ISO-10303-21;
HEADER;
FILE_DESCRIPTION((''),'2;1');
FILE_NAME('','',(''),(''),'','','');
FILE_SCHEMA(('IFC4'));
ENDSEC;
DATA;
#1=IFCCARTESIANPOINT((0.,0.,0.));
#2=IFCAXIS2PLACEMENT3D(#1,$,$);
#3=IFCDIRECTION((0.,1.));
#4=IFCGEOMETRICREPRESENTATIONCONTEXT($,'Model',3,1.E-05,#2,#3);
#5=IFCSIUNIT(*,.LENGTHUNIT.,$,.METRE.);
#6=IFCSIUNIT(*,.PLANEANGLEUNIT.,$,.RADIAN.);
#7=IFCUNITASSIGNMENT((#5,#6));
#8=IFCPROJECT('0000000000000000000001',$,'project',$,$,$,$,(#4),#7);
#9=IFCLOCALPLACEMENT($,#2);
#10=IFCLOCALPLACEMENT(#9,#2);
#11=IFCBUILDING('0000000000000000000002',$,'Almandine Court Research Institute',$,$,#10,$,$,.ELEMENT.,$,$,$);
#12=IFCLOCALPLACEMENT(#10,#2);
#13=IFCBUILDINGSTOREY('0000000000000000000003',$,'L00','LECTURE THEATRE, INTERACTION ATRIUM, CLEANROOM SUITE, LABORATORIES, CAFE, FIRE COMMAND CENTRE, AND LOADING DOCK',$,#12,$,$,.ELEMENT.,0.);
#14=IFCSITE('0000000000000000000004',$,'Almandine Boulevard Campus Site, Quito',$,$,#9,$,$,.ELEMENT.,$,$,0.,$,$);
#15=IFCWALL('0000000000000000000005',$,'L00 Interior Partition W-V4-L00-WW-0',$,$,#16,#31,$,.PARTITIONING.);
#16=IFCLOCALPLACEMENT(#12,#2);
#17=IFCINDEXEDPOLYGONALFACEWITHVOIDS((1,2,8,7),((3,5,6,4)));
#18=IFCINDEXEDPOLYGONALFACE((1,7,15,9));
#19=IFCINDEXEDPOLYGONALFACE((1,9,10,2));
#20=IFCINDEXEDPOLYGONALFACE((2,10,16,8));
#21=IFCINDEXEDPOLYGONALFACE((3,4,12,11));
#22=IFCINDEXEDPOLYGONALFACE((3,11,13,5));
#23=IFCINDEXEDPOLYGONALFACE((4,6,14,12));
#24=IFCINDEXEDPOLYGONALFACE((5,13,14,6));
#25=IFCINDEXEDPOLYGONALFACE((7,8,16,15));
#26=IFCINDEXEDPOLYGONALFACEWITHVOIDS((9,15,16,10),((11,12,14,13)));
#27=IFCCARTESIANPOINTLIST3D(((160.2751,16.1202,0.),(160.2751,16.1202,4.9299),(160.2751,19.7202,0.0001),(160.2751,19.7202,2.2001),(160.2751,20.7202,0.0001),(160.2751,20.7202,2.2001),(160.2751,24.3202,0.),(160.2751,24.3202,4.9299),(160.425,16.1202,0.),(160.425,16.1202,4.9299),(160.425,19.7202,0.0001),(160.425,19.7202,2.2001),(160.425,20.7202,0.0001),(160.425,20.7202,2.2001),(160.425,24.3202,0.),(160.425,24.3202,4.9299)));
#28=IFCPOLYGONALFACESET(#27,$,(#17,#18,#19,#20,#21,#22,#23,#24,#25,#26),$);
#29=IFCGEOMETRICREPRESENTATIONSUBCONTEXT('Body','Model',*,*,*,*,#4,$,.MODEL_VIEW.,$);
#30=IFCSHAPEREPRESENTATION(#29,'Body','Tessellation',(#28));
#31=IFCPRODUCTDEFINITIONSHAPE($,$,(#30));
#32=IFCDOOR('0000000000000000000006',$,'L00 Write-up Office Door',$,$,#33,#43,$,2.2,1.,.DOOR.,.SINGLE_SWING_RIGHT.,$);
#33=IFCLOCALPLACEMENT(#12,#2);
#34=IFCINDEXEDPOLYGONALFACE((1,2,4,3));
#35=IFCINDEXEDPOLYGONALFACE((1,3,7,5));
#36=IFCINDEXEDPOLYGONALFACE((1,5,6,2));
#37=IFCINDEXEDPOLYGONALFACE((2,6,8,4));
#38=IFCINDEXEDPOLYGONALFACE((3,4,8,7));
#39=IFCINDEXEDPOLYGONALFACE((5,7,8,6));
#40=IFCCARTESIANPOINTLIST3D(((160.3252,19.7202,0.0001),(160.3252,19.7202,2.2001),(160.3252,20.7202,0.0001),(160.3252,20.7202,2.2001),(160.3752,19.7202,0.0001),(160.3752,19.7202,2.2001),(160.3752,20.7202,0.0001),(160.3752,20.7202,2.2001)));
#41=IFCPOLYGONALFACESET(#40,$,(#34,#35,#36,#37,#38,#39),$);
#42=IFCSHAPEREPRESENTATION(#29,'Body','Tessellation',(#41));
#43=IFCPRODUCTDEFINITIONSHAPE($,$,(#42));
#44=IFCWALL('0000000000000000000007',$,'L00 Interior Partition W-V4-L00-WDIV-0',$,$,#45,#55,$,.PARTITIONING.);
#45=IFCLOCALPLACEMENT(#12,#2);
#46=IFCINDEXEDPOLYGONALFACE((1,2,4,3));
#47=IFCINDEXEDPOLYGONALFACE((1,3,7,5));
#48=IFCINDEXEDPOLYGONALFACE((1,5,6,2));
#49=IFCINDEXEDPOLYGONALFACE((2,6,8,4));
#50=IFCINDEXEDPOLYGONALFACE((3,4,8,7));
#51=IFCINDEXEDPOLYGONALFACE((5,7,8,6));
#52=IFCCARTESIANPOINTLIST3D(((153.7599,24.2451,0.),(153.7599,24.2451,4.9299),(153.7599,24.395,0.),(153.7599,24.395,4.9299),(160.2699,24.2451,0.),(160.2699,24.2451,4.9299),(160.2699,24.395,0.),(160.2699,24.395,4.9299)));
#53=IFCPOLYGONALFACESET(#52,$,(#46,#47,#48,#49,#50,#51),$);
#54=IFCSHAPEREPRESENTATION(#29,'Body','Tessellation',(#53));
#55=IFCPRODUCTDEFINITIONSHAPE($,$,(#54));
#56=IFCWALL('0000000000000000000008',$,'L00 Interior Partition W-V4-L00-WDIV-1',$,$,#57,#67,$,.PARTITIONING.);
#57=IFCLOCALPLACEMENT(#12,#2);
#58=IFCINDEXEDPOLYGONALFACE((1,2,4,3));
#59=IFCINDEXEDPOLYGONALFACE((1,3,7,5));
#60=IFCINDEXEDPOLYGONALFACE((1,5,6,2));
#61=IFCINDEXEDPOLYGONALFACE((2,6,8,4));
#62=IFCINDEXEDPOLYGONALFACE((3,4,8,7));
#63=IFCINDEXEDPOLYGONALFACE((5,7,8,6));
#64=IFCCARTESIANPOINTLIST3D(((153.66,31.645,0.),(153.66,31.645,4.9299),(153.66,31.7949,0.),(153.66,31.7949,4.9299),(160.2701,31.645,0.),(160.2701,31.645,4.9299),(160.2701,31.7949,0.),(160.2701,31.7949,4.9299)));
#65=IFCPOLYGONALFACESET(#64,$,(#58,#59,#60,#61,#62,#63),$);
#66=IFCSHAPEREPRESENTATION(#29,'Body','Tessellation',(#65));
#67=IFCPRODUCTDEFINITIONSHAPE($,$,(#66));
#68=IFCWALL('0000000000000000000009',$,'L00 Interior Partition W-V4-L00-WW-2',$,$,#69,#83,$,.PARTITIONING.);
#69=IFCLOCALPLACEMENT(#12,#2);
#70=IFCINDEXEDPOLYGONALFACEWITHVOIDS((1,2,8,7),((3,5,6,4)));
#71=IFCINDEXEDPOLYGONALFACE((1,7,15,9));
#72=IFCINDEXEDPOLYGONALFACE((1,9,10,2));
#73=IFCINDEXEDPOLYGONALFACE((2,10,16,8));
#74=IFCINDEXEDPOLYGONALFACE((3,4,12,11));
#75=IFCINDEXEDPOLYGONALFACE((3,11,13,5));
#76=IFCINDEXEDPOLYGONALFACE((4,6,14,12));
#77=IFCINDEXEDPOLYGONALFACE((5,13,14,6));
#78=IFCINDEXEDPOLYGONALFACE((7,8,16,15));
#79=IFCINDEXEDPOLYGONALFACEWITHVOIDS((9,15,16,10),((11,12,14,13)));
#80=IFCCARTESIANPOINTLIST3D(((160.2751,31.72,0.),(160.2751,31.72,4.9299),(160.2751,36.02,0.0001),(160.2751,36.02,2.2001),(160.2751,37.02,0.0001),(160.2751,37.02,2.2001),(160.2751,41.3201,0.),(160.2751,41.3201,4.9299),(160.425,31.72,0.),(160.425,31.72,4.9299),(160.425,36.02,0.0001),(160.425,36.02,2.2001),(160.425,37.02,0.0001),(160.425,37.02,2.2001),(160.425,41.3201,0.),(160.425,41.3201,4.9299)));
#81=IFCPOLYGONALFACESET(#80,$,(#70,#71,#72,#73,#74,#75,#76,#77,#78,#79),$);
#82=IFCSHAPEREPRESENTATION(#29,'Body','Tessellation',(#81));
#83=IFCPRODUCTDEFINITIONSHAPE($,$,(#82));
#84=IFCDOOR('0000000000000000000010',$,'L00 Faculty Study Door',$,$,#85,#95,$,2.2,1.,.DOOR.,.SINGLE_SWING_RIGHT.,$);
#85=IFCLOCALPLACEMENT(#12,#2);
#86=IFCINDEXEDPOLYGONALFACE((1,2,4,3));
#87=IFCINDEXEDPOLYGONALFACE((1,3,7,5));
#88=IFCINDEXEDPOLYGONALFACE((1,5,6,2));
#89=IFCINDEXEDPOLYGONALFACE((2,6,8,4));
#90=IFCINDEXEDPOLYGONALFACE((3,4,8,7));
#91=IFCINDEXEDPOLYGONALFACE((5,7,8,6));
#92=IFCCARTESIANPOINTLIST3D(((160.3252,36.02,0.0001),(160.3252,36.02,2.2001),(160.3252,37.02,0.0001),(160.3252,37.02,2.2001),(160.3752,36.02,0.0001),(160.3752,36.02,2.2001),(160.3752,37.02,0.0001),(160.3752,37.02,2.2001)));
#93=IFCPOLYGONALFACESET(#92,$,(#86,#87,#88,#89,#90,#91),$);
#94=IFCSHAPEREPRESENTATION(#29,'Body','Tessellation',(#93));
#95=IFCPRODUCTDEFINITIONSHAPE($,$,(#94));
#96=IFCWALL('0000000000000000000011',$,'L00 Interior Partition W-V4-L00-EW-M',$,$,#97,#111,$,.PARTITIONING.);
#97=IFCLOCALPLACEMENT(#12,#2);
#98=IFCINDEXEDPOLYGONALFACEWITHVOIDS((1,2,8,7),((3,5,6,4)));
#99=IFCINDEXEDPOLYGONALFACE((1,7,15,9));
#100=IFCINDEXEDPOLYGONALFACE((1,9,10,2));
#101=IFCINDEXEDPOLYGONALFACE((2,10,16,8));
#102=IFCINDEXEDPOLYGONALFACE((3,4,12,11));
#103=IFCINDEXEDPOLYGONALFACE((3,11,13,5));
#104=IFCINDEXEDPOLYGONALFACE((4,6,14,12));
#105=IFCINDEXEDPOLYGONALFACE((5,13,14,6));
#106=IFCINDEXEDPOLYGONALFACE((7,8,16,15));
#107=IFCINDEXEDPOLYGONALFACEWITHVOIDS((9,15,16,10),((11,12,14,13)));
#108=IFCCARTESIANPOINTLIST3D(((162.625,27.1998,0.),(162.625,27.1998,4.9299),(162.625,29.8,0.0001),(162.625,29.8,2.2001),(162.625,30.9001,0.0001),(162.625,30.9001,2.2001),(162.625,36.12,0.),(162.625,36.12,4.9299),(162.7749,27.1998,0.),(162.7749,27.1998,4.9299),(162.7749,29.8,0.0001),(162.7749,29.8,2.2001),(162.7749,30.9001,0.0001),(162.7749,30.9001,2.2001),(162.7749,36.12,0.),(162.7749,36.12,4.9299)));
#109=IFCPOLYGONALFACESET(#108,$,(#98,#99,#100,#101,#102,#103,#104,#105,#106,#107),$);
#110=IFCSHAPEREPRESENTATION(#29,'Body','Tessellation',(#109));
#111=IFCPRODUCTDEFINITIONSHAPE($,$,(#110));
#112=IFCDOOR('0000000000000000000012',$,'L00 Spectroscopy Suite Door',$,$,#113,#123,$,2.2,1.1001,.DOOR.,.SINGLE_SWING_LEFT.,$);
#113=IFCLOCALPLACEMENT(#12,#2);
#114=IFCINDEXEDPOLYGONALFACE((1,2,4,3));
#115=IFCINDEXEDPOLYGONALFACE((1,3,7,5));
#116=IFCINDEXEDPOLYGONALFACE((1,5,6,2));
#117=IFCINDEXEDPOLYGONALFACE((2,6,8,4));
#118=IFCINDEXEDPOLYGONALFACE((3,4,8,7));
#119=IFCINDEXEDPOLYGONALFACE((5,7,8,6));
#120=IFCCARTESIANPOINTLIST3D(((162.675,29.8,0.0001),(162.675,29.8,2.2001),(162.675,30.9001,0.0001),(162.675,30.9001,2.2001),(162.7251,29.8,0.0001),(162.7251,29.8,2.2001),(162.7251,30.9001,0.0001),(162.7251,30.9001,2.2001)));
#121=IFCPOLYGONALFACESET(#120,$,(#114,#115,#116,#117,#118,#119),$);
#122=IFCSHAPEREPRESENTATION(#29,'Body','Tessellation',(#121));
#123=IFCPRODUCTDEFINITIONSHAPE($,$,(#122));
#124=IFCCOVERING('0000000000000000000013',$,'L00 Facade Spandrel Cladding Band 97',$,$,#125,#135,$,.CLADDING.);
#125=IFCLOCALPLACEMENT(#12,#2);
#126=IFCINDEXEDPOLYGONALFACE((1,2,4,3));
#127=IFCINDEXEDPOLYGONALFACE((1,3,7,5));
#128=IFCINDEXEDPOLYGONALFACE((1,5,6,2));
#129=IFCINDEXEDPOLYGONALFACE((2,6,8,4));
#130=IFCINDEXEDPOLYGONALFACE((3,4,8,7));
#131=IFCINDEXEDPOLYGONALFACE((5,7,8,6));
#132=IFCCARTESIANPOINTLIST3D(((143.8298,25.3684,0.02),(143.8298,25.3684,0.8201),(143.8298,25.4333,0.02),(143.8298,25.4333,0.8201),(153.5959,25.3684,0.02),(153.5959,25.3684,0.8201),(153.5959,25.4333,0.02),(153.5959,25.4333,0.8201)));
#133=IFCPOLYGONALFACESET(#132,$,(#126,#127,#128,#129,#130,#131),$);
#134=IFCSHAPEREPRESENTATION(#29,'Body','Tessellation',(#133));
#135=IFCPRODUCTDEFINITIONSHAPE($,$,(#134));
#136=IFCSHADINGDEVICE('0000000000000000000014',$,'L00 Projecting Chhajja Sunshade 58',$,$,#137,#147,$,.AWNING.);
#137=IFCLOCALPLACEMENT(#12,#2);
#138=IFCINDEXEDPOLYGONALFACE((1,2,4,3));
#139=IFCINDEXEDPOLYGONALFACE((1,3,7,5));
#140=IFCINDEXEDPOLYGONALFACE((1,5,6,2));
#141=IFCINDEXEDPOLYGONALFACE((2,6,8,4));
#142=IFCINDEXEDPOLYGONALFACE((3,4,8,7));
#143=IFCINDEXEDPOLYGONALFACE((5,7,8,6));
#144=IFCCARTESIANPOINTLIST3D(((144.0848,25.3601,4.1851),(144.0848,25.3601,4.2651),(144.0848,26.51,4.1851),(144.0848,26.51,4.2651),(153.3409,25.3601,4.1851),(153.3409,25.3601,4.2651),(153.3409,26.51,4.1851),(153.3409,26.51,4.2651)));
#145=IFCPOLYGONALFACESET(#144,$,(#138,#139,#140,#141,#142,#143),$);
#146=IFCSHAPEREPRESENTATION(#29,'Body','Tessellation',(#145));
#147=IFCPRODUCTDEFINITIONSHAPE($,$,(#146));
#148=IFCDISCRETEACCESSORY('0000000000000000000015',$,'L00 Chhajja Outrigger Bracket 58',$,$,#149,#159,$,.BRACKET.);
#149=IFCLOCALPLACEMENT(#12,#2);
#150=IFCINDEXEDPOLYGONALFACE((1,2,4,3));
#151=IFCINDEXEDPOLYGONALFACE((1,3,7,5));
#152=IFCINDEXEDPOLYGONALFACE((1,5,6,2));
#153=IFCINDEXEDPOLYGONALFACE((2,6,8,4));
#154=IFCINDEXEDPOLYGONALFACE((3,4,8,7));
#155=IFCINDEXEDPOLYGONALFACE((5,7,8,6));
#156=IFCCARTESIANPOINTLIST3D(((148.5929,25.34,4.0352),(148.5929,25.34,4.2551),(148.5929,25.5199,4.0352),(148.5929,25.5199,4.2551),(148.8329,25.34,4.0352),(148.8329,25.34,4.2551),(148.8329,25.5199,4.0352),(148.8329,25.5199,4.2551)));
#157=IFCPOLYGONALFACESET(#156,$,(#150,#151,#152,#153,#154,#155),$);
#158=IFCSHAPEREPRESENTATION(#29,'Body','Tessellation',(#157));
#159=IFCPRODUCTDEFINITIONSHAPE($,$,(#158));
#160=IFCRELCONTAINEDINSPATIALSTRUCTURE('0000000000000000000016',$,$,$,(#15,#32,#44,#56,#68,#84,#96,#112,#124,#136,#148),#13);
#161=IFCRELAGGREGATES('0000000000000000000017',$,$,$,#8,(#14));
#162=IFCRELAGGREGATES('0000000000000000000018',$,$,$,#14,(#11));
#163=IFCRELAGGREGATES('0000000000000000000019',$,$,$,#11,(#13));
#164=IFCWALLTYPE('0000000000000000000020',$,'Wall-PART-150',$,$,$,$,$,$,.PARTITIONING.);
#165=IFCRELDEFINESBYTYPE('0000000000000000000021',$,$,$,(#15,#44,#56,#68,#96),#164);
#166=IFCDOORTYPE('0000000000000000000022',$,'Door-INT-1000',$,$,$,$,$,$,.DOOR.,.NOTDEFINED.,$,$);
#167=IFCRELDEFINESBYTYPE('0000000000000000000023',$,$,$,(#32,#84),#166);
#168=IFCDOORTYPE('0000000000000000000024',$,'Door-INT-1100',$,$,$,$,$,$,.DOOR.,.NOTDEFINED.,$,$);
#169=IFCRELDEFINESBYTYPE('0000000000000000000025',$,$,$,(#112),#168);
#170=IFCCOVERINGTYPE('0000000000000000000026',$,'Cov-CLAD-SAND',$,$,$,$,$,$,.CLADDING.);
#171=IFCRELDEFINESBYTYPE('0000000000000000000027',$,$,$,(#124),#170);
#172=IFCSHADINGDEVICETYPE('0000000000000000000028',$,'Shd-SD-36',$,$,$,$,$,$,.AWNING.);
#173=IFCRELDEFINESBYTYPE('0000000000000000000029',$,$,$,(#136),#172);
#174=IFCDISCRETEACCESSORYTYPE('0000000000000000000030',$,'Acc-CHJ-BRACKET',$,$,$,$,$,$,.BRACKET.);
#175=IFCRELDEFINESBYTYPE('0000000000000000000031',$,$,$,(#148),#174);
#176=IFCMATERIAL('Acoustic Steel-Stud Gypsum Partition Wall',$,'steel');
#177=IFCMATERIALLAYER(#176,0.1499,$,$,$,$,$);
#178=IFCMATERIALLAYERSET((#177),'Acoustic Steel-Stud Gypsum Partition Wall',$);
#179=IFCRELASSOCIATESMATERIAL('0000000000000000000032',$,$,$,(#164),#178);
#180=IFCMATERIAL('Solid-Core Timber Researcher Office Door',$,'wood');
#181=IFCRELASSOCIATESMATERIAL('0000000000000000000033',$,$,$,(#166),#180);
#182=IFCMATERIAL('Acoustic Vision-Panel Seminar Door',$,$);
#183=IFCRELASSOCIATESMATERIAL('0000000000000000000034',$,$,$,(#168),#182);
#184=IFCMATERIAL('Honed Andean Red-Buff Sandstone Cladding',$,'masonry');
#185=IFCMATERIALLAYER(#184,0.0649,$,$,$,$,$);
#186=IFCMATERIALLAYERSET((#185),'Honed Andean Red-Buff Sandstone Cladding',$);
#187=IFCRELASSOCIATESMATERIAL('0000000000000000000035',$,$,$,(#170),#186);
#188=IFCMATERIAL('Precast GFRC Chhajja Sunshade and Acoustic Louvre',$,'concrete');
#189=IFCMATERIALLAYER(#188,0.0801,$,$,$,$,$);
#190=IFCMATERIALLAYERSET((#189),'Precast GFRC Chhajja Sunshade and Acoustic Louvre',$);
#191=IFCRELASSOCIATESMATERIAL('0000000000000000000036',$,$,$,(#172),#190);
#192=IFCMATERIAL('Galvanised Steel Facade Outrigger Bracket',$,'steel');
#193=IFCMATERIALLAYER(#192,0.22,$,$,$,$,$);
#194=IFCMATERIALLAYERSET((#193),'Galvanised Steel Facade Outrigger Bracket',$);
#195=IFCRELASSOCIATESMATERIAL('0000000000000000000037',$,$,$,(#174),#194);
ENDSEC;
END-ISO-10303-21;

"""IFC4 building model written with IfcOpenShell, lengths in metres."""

from ifc_helpers import new_model, si_unit, direction, frame, frame_2d, origin, origin_2d, place, context, subcontext, project, spatial, rectangle, extrude, material, layer, layer_set, type_object, element, fill, save


model = new_model("IFC4")

# Units and contexts
model_context = context("Model", 3, precision=1e-05, world=origin(), true_north=direction((0.0, 1.0)))
body_context = subcontext(model_context, "Body", "Model", "MODEL_VIEW")
ifc_project = project(units=[si_unit("LENGTHUNIT", "METRE"), si_unit("PLANEANGLEUNIT", "RADIAN")], contexts=[model_context])

# Site, building, storey
site_placement = place(None, origin())
site = spatial("IfcSite", under=ifc_project, at=site_placement, Name="Almandine Boulevard Campus Site, Quito", CompositionType="ELEMENT", RefElevation=0.0)
building_placement = place(site_placement, origin())
building = spatial("IfcBuilding", under=site, at=building_placement, Name="Almandine Court Research Institute", CompositionType="ELEMENT")
storey_placement = place(building_placement, origin())
storey = spatial("IfcBuildingStorey", under=building, at=storey_placement, Name="L00", Description="LECTURE THEATRE, INTERACTION ATRIUM, CLEANROOM SUITE, LABORATORIES, CAFE, FIRE COMMAND CENTRE, AND LOADING DOCK", CompositionType="ELEMENT", Elevation=0.0)

# Wall, opening, door
ifc_material_1 = material(Name="Acoustic Steel-Stud Gypsum Partition Wall", Category="steel")
ifc_layer_1 = layer(ifc_material_1, 0.1499)
ifc_layer_set_1 = layer_set([ifc_layer_1], Name="Acoustic Steel-Stud Gypsum Partition Wall")
wall_type_1 = type_object("IfcWallType", Name="Wall-PART-150", PredefinedType="PARTITIONING", material=ifc_layer_set_1)
wall_1_placement = place(storey_placement, frame((160.3501, 16.1201, 0.0), z_axis=(0.0, 0.0, 1.0), x_axis=(0.0, 1.0, 0.0)))
wall_1 = element("IfcWall", 1, at=wall_1_placement, inside=storey, type_object=wall_type_1, Name="L00 Interior Partition W-V4-L00-WW-0", PredefinedType="PARTITIONING", context=body_context, shape_type="SweptSolid", body=[
    extrude(rectangle(XDim=8.2, YDim=0.1499, at=frame_2d((4.1001, 0.0))), origin(), (0.0, 0.0, 1.0), 4.9299),
])
opening_1_placement = place(wall_1_placement, frame((3.6001, 0.0, 0.0)))
opening_1 = element("IfcOpeningElement", 2, at=opening_1_placement, cuts=wall_1, PredefinedType="OPENING", context=body_context, shape_type="SweptSolid", body=[
    extrude(rectangle(XDim=1.0, YDim=2.2, at=frame_2d((0.5, 1.1001))), frame((0.0, 0.085, 0.0), z_axis=(0.0, -1.0, 0.0), x_axis=(1.0, 0.0, 0.0)), (0.0, 0.0, 1.0), 0.1699),
])
ifc_material_2 = material(Name="Solid-Core Timber Researcher Office Door", Category="wood")
door_type_1 = type_object("IfcDoorType", Name="Door-INT-1000", OperationType="NOTDEFINED", PredefinedType="DOOR", material=ifc_material_2)
door_1_placement = place(opening_1_placement, origin())
door_1 = element("IfcDoor", 3, at=door_1_placement, inside=storey, type_object=door_type_1, Name="L00 Write-up Office Door", OperationType="SINGLE_SWING_RIGHT", OverallHeight=2.2, OverallWidth=1.0, PredefinedType="DOOR", context=body_context, shape_type="SweptSolid", body=[
    extrude(rectangle(XDim=1.0, YDim=2.2, at=frame_2d((0.5, 1.1001))), frame((0.0, 0.0249, 0.0), z_axis=(0.0, -1.0, 0.0), x_axis=(1.0, 0.0, 0.0)), (0.0, 0.0, 1.0), 0.05),
])
fill(opening_1, door_1)

# Walls
wall_2_placement = place(storey_placement, frame((153.76, 24.3201, 0.0), z_axis=(0.0, 0.0, 1.0), x_axis=(1.0, 0.0, 0.0)))
element("IfcWall", 4, at=wall_2_placement, inside=storey, type_object=wall_type_1, Name="L00 Interior Partition W-V4-L00-WDIV-0", PredefinedType="PARTITIONING", context=body_context, shape_type="SweptSolid", body=[
    extrude(rectangle(XDim=6.51, YDim=0.1499, at=frame_2d((3.2549, 0.0))), origin(), (0.0, 0.0, 1.0), 4.9299),
])
wall_3_placement = place(storey_placement, frame((153.6599, 31.72, 0.0), z_axis=(0.0, 0.0, 1.0), x_axis=(1.0, 0.0, 0.0)))
element("IfcWall", 5, at=wall_3_placement, inside=storey, type_object=wall_type_1, Name="L00 Interior Partition W-V4-L00-WDIV-1", PredefinedType="PARTITIONING", context=body_context, shape_type="SweptSolid", body=[
    extrude(rectangle(XDim=6.6101, YDim=0.1499, at=frame_2d((3.3052, 0.0))), origin(), (0.0, 0.0, 1.0), 4.9299),
])

# Wall, opening, door
wall_4_placement = place(storey_placement, frame((160.3501, 31.72, 0.0), z_axis=(0.0, 0.0, 1.0), x_axis=(0.0, 1.0, 0.0)))
wall_4 = element("IfcWall", 6, at=wall_4_placement, inside=storey, type_object=wall_type_1, Name="L00 Interior Partition W-V4-L00-WW-2", PredefinedType="PARTITIONING", context=body_context, shape_type="SweptSolid", body=[
    extrude(rectangle(XDim=9.6001, YDim=0.1499, at=frame_2d((4.8, 0.0))), origin(), (0.0, 0.0, 1.0), 4.9299),
])
opening_2_placement = place(wall_4_placement, frame((4.3, 0.0, 0.0)))
opening_2 = element("IfcOpeningElement", 7, at=opening_2_placement, cuts=wall_4, PredefinedType="OPENING", context=body_context, shape_type="SweptSolid", body=[
    extrude(rectangle(XDim=1.0, YDim=2.2, at=frame_2d((0.5, 1.1001))), frame((0.0, 0.085, 0.0), z_axis=(0.0, -1.0, 0.0), x_axis=(1.0, 0.0, 0.0)), (0.0, 0.0, 1.0), 0.1699),
])
door_2_placement = place(opening_2_placement, origin())
door_2 = element("IfcDoor", 8, at=door_2_placement, inside=storey, type_object=door_type_1, Name="L00 Faculty Study Door", OperationType="SINGLE_SWING_RIGHT", OverallHeight=2.2, OverallWidth=1.0, PredefinedType="DOOR", context=body_context, shape_type="SweptSolid", body=[
    extrude(rectangle(XDim=1.0, YDim=2.2, at=frame_2d((0.5, 1.1001))), frame((0.0, 0.0249, 0.0), z_axis=(0.0, -1.0, 0.0), x_axis=(1.0, 0.0, 0.0)), (0.0, 0.0, 1.0), 0.05),
])
fill(opening_2, door_2)

# Wall, opening, door
wall_5_placement = place(storey_placement, frame((162.7, 27.2, 0.0), z_axis=(0.0, 0.0, 1.0), x_axis=(0.0, 1.0, 0.0)))
wall_5 = element("IfcWall", 9, at=wall_5_placement, inside=storey, type_object=wall_type_1, Name="L00 Interior Partition W-V4-L00-EW-M", PredefinedType="PARTITIONING", context=body_context, shape_type="SweptSolid", body=[
    extrude(rectangle(XDim=8.9202, YDim=0.1499, at=frame_2d((4.46, 0.0))), origin(), (0.0, 0.0, 1.0), 4.9299),
])
opening_3_placement = place(wall_5_placement, frame((2.6001, 0.0, 0.0)))
opening_3 = element("IfcOpeningElement", 10, at=opening_3_placement, cuts=wall_5, PredefinedType="OPENING", context=body_context, shape_type="SweptSolid", body=[
    extrude(rectangle(XDim=1.1001, YDim=2.2, at=frame_2d((0.55, 1.1001))), frame((0.0, 0.085, 0.0), z_axis=(0.0, -1.0, 0.0), x_axis=(1.0, 0.0, 0.0)), (0.0, 0.0, 1.0), 0.1699),
])
ifc_material_3 = material(Name="Acoustic Vision-Panel Seminar Door")
door_type_2 = type_object("IfcDoorType", Name="Door-INT-1100", OperationType="NOTDEFINED", PredefinedType="DOOR", material=ifc_material_3)
door_3_placement = place(opening_3_placement, origin())
door_3 = element("IfcDoor", 11, at=door_3_placement, inside=storey, type_object=door_type_2, Name="L00 Spectroscopy Suite Door", OperationType="SINGLE_SWING_LEFT", OverallHeight=2.2, OverallWidth=1.1001, PredefinedType="DOOR", context=body_context, shape_type="SweptSolid", body=[
    extrude(rectangle(XDim=1.1001, YDim=2.2, at=frame_2d((0.55, 1.1001))), frame((0.0, 0.0249, 0.0), z_axis=(0.0, -1.0, 0.0), x_axis=(1.0, 0.0, 0.0)), (0.0, 0.0, 1.0), 0.05),
])
fill(opening_3, door_3)

# Covering
ifc_material_4 = material(Name="Honed Andean Red-Buff Sandstone Cladding", Category="masonry")
ifc_layer_2 = layer(ifc_material_4, 0.0649)
ifc_layer_set_2 = layer_set([ifc_layer_2], Name="Honed Andean Red-Buff Sandstone Cladding")
covering_type = type_object("IfcCoveringType", Name="Cov-CLAD-SAND", PredefinedType="CLADDING", material=ifc_layer_set_2)
covering_placement = place(storey_placement, frame((148.7129, 25.4009, 0.02), z_axis=(0.0, 0.0, 1.0), x_axis=(1.0, 0.0, 0.0)))
element("IfcCovering", 12, at=covering_placement, inside=storey, type_object=covering_type, Name="L00 Facade Spandrel Cladding Band 97", PredefinedType="CLADDING", context=body_context, shape_type="SweptSolid", body=[
    extrude(rectangle(XDim=9.7661, YDim=0.0649, at=origin_2d()), origin(), (0.0, 0.0, 1.0), 0.8),
])

# Shading device
ifc_material_5 = material(Name="Precast GFRC Chhajja Sunshade and Acoustic Louvre", Category="concrete")
ifc_layer_3 = layer(ifc_material_5, 0.0801)
ifc_layer_set_3 = layer_set([ifc_layer_3], Name="Precast GFRC Chhajja Sunshade and Acoustic Louvre")
shading_device_type = type_object("IfcShadingDeviceType", Name="Shd-SD-36", PredefinedType="AWNING", material=ifc_layer_set_3)
shading_device_placement = place(storey_placement, frame((148.7129, 25.9351, 4.1851), z_axis=(0.0, 0.0, 1.0), x_axis=(1.0, 0.0, 0.0)))
element("IfcShadingDevice", 13, at=shading_device_placement, inside=storey, type_object=shading_device_type, Name="L00 Projecting Chhajja Sunshade 58", PredefinedType="AWNING", context=body_context, shape_type="SweptSolid", body=[
    extrude(rectangle(XDim=9.2561, YDim=1.1499, at=origin_2d()), origin(), (0.0, 0.0, 1.0), 0.0801),
])

# Discrete accessory
ifc_material_6 = material(Name="Galvanised Steel Facade Outrigger Bracket", Category="steel")
ifc_layer_4 = layer(ifc_material_6, 0.22)
ifc_layer_set_4 = layer_set([ifc_layer_4], Name="Galvanised Steel Facade Outrigger Bracket")
discrete_accessory_type = type_object("IfcDiscreteAccessoryType", Name="Acc-CHJ-BRACKET", PredefinedType="BRACKET", material=ifc_layer_set_4)
discrete_accessory_placement = place(storey_placement, frame((148.7129, 25.4299, 4.0352), z_axis=(0.0, 0.0, 1.0), x_axis=(1.0, 0.0, 0.0)))
element("IfcDiscreteAccessory", 14, at=discrete_accessory_placement, inside=storey, type_object=discrete_accessory_type, Name="L00 Chhajja Outrigger Bracket 58", PredefinedType="BRACKET", context=body_context, shape_type="SweptSolid", body=[
    extrude(rectangle(XDim=0.24, YDim=0.1799, at=origin_2d()), origin(), (0.0, 0.0, 1.0), 0.22),
])

save(model, "model.ifc")
